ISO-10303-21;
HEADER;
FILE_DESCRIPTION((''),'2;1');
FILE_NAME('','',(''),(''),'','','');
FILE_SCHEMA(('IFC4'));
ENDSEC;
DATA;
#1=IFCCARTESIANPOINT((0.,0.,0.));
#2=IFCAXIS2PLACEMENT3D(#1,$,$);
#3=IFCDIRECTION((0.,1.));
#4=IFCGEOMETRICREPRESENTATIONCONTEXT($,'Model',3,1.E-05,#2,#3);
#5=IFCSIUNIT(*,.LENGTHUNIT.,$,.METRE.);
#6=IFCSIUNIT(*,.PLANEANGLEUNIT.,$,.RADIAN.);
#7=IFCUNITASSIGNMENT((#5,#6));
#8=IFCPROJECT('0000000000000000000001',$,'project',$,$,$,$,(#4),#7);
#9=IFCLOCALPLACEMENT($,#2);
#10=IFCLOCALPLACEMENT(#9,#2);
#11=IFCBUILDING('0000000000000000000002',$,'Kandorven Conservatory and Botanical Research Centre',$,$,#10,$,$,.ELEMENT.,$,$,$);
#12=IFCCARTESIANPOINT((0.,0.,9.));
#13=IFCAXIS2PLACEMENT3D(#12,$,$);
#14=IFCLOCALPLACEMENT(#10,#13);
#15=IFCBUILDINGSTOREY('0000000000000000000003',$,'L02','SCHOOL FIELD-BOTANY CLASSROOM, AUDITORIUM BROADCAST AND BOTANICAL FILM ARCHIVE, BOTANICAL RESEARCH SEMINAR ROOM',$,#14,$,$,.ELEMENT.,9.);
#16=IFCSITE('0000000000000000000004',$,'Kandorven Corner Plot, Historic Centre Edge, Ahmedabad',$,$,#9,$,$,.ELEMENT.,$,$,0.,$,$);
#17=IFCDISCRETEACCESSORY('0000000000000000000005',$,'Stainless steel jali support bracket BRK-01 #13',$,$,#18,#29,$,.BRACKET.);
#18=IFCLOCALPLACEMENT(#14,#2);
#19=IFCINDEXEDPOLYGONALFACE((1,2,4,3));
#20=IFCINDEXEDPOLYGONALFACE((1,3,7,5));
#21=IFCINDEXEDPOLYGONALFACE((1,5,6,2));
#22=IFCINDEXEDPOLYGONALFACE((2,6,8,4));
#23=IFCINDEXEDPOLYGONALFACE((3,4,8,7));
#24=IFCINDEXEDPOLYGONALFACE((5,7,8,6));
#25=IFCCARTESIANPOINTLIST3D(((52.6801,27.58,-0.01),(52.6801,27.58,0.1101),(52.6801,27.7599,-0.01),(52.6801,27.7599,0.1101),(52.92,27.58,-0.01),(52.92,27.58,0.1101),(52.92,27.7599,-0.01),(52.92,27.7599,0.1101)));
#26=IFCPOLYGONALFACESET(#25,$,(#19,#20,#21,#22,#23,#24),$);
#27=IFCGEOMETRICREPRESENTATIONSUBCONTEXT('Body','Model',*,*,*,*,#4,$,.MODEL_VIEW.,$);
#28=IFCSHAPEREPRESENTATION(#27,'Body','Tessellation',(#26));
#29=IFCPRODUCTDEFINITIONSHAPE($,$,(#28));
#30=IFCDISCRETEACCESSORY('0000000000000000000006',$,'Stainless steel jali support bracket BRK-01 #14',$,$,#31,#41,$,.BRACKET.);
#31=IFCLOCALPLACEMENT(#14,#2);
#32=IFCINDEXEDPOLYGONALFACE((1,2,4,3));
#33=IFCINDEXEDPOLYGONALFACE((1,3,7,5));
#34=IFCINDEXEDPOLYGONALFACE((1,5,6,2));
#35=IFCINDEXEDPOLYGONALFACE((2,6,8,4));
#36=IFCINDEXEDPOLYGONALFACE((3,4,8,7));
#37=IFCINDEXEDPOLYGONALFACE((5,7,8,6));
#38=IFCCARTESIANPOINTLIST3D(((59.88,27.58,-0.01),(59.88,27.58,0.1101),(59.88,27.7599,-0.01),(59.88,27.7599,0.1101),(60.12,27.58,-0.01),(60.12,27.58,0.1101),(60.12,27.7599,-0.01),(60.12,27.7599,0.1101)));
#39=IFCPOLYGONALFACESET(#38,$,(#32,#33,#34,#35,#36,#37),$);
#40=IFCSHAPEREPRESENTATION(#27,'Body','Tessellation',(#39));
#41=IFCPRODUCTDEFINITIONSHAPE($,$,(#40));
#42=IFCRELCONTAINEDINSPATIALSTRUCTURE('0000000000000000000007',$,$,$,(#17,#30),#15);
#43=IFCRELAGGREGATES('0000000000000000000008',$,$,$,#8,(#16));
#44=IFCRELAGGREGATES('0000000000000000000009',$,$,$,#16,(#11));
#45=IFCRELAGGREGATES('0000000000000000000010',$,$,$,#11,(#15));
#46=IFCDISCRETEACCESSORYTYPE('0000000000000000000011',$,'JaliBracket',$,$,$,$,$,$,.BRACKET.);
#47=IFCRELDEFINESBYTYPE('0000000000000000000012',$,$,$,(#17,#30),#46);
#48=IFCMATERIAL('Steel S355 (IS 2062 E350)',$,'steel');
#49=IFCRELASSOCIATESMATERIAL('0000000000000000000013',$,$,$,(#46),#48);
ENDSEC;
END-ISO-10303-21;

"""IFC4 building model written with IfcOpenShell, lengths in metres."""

from ifc_helpers import new_model, si_unit, direction, frame, origin, origin_2d, place, context, subcontext, project, spatial, rectangle, extrude, material, type_object, element, save


model = new_model("IFC4")

# Units and contexts
model_context = context("Model", 3, precision=1e-05, world=origin(), true_north=direction((0.0, 1.0)))
body_context = subcontext(model_context, "Body", "Model", "MODEL_VIEW")
ifc_project = project(units=[si_unit("LENGTHUNIT", "METRE"), si_unit("PLANEANGLEUNIT", "RADIAN")], contexts=[model_context])

# Site, building, storey
site_placement = place(None, origin())
site = spatial("IfcSite", under=ifc_project, at=site_placement, Name="Kandorven Corner Plot, Historic Centre Edge, Ahmedabad", CompositionType="ELEMENT", RefElevation=0.0)
building_placement = place(site_placement, origin())
building = spatial("IfcBuilding", under=site, at=building_placement, Name="Kandorven Conservatory and Botanical Research Centre", CompositionType="ELEMENT")
storey_placement = place(building_placement, frame((0.0, 0.0, 9.0)))
storey = spatial("IfcBuildingStorey", under=building, at=storey_placement, Name="L02", Description="SCHOOL FIELD-BOTANY CLASSROOM, AUDITORIUM BROADCAST AND BOTANICAL FILM ARCHIVE, BOTANICAL RESEARCH SEMINAR ROOM", CompositionType="ELEMENT", Elevation=9.0)

# Discrete accessories
ifc_material_1 = material(Name="Steel S355 (IS 2062 E350)", Category="steel")
discrete_accessory_type = type_object("IfcDiscreteAccessoryType", Name="JaliBracket", PredefinedType="BRACKET", material=ifc_material_1)
for number, where, z_axis, x_axis, name in (
    (1, (52.8, 27.6699, -0.01), (0.0, 0.0, 1.0), (1.0, 0.0, 0.0), "Stainless steel jali support bracket BRK-01 #13"),
    (2, (60.0, 27.6699, -0.01), (0.0, 0.0, 1.0), (1.0, 0.0, 0.0), "Stainless steel jali support bracket BRK-01 #14"),
):
    element("IfcDiscreteAccessory", number, at=place(storey_placement, frame(where, z_axis=z_axis, x_axis=x_axis)), inside=storey, type_object=discrete_accessory_type, Name=name, PredefinedType="BRACKET", context=body_context, shape_type="SweptSolid", body=[
        extrude(rectangle(XDim=0.24, YDim=0.1799, at=origin_2d()), origin(), (0.0, 0.0, 1.0), 0.1201),
    ])

save(model, "model.ifc")
